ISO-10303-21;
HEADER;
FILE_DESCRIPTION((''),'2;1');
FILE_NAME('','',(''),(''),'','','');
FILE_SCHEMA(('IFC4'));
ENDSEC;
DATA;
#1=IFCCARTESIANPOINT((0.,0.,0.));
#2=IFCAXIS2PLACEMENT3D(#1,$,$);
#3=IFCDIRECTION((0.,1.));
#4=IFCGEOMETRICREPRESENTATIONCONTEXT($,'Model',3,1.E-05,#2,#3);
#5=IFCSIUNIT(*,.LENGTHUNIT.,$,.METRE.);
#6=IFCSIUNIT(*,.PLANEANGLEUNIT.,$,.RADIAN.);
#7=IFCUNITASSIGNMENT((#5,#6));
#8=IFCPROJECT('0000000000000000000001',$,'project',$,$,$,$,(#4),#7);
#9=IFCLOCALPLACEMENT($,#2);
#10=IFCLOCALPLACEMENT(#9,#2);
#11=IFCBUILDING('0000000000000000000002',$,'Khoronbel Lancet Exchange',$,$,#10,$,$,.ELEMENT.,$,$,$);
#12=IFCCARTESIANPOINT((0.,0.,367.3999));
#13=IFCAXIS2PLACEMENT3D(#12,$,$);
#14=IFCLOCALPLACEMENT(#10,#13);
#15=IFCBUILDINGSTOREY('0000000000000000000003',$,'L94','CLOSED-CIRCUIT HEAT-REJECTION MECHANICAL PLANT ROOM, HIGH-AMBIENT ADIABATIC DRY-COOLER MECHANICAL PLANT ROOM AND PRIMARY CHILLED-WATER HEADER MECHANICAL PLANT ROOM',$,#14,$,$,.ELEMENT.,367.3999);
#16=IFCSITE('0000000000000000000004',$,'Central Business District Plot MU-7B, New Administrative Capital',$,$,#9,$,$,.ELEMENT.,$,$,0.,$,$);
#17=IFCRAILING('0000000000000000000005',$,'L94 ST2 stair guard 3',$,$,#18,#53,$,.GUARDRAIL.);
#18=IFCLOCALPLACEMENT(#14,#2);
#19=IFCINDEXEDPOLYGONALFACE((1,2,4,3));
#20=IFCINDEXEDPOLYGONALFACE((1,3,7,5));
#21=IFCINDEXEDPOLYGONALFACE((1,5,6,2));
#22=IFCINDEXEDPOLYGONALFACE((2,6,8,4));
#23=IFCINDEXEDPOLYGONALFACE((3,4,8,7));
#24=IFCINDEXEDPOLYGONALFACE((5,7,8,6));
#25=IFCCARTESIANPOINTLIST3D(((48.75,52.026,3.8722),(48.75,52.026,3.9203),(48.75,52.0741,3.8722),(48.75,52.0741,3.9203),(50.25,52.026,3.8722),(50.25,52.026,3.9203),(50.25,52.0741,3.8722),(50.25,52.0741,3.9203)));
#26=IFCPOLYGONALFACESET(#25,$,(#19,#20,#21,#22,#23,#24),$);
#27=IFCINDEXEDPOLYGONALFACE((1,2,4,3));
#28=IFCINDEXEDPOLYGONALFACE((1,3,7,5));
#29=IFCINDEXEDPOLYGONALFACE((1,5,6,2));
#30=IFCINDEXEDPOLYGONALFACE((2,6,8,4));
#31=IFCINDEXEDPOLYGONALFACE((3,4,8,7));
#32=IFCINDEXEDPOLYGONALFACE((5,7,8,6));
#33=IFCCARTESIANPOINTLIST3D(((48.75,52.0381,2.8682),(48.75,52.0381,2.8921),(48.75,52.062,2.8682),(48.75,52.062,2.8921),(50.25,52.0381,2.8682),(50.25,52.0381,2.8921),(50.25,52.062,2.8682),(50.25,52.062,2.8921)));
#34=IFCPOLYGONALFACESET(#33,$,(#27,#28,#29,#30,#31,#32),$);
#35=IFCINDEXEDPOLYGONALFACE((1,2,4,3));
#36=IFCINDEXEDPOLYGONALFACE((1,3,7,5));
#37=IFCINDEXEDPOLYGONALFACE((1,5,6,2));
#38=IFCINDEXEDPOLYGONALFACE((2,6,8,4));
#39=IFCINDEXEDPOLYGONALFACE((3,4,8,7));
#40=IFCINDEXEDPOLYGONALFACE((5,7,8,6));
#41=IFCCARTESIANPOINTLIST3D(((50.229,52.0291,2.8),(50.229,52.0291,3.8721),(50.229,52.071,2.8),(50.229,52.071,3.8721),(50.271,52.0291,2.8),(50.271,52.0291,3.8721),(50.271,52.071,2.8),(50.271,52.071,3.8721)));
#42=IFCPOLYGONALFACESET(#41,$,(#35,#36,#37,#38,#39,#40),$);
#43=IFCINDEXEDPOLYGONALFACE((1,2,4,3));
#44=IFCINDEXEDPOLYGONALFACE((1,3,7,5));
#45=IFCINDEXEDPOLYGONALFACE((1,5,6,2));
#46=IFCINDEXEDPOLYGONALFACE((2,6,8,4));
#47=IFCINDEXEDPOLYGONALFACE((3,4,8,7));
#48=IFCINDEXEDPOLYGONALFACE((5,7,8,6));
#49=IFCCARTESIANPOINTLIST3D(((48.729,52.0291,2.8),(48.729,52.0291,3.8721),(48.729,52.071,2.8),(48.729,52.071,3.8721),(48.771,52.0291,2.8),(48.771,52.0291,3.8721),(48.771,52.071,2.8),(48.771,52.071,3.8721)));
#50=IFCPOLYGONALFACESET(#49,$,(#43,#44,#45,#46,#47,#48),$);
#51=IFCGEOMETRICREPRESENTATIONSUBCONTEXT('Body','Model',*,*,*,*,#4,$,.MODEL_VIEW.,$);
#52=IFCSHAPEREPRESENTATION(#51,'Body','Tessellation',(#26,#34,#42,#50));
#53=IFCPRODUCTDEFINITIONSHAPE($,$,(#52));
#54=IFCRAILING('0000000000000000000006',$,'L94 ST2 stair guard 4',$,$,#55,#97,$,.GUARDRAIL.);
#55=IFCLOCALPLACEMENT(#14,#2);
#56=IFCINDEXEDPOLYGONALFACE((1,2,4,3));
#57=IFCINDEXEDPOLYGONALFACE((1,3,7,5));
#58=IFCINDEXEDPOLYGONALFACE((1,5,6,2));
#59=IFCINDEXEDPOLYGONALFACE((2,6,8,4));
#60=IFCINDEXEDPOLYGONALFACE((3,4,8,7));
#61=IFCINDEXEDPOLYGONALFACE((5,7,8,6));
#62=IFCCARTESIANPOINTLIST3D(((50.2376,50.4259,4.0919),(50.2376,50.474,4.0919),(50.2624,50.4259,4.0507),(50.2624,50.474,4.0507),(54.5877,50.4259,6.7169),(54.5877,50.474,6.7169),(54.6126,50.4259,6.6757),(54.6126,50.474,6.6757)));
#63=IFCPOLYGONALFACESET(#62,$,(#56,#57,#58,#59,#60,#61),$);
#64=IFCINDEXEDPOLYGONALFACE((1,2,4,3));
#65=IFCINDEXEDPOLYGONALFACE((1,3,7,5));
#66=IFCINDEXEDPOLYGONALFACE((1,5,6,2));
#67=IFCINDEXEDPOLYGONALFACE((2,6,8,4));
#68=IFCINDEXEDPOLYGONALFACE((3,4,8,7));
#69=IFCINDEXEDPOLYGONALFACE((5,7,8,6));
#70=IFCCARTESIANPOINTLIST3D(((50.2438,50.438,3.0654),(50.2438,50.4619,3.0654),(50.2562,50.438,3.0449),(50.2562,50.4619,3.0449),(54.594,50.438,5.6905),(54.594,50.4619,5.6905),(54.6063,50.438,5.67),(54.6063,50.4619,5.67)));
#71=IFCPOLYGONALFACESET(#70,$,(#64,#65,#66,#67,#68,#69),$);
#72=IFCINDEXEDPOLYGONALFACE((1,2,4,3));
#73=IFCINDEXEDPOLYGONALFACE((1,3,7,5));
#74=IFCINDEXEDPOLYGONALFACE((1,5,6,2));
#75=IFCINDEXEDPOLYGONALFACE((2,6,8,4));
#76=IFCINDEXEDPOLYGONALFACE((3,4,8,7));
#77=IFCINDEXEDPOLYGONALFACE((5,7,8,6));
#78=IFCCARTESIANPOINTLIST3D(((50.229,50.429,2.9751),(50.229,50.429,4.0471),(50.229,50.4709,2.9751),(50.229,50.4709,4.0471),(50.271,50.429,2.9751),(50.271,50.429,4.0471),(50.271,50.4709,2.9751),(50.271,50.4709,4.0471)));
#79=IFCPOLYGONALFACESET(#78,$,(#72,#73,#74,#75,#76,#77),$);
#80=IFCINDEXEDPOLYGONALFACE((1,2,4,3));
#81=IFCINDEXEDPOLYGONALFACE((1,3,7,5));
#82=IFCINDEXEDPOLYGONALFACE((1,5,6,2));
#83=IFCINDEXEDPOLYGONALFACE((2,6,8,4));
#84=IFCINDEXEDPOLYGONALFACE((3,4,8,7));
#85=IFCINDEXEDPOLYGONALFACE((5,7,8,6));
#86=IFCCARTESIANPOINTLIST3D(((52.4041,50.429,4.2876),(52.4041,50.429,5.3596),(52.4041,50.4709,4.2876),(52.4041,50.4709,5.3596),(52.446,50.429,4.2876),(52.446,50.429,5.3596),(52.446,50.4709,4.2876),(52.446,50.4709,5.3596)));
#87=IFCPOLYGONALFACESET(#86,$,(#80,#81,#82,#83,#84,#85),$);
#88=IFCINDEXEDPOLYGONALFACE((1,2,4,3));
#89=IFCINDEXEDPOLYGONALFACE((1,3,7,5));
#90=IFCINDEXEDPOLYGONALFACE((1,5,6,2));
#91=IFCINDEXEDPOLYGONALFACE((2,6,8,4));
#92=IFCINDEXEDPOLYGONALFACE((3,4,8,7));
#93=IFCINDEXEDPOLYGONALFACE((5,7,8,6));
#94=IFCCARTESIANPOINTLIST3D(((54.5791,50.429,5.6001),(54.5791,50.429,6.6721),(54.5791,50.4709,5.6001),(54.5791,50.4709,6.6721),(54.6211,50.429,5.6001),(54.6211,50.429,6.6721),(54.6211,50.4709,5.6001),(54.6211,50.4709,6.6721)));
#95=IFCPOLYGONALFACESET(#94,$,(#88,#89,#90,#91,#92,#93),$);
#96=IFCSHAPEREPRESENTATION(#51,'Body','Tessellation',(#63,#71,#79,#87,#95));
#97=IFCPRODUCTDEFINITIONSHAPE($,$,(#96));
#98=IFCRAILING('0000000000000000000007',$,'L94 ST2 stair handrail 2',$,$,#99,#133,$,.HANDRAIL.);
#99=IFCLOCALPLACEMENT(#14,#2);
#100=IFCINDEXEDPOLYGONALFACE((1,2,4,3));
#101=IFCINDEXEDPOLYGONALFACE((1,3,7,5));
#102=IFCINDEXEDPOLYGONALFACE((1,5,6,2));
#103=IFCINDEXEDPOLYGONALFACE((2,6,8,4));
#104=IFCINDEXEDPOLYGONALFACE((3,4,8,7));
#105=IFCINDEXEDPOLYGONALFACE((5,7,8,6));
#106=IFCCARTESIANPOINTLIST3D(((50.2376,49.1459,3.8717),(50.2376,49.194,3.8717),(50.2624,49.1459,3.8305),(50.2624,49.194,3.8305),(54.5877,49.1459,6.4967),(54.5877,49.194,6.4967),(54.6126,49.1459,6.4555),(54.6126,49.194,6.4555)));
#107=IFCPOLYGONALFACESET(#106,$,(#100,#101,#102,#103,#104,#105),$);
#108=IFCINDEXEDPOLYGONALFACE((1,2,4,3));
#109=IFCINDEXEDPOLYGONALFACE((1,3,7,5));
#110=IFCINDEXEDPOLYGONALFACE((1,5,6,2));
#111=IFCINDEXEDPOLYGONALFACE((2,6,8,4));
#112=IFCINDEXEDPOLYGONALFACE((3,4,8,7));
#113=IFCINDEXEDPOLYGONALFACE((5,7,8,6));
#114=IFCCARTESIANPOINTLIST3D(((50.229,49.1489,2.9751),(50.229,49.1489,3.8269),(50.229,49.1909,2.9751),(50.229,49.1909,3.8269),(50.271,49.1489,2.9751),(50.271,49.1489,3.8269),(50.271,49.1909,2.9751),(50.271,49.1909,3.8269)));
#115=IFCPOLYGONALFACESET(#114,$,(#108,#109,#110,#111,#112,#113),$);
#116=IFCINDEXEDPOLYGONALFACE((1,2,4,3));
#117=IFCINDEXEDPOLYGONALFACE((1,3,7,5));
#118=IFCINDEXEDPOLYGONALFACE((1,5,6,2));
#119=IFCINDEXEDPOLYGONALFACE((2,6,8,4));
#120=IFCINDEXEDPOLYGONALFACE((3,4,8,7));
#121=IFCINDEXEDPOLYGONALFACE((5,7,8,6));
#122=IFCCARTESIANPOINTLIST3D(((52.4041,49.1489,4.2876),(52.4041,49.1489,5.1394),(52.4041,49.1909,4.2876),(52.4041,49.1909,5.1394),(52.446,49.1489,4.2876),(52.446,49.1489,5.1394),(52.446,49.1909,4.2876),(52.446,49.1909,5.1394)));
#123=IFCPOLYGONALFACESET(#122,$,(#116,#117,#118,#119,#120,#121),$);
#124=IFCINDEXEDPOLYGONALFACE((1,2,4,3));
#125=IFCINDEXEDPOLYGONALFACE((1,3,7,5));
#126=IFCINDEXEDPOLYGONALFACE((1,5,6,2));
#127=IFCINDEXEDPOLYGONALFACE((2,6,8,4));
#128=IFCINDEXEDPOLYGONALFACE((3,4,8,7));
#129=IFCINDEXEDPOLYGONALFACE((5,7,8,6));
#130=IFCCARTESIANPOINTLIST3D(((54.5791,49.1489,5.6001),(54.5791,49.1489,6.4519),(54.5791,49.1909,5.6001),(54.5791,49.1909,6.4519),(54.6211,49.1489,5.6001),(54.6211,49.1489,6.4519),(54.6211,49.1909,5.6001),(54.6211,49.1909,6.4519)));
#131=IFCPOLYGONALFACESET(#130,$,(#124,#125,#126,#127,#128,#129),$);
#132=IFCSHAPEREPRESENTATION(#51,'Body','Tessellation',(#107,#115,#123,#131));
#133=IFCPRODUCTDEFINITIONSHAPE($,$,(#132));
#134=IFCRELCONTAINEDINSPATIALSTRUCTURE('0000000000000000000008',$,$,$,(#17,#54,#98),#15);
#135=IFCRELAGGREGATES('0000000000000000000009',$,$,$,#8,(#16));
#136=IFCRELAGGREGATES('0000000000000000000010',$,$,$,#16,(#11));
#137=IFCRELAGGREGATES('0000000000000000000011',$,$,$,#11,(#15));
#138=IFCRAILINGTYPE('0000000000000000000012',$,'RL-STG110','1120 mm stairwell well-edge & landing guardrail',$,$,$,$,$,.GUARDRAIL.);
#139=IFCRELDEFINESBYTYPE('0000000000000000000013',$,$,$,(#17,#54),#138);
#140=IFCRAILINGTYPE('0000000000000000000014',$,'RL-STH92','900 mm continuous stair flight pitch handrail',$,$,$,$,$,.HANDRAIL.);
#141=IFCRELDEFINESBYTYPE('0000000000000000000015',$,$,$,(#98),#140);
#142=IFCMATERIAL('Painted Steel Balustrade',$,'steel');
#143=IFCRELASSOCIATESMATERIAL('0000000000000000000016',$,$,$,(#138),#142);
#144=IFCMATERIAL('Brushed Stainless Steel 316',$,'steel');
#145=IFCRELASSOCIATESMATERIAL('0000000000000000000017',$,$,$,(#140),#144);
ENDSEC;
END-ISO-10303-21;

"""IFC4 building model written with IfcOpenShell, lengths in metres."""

from ifc_helpers import new_model, si_unit, direction, frame, origin, origin_2d, place, context, subcontext, project, spatial, rectangle, extrude, material, type_object, element, save


model = new_model("IFC4")

# Units and contexts
model_context = context("Model", 3, precision=1e-05, world=origin(), true_north=direction((0.0, 1.0)))
body_context = subcontext(model_context, "Body", "Model", "MODEL_VIEW")
ifc_project = project(units=[si_unit("LENGTHUNIT", "METRE"), si_unit("PLANEANGLEUNIT", "RADIAN")], contexts=[model_context])

# Site, building, storey
site_placement = place(None, origin())
site = spatial("IfcSite", under=ifc_project, at=site_placement, Name="Central Business District Plot MU-7B, New Administrative Capital", CompositionType="ELEMENT", RefElevation=0.0)
building_placement = place(site_placement, origin())
building = spatial("IfcBuilding", under=site, at=building_placement, Name="Khoronbel Lancet Exchange", CompositionType="ELEMENT")
storey_placement = place(building_placement, frame((0.0, 0.0, 367.3999)))
storey = spatial("IfcBuildingStorey", under=building, at=storey_placement, Name="L94", Description="CLOSED-CIRCUIT HEAT-REJECTION MECHANICAL PLANT ROOM, HIGH-AMBIENT ADIABATIC DRY-COOLER MECHANICAL PLANT ROOM AND PRIMARY CHILLED-WATER HEADER MECHANICAL PLANT ROOM", CompositionType="ELEMENT", Elevation=367.3999)

# Railings
ifc_material_1 = material(Name="Painted Steel Balustrade", Category="steel")
railing_type_1 = type_object("IfcRailingType", Name="RL-STG110", Description="1120 mm stairwell well-edge & landing guardrail", PredefinedType="GUARDRAIL", material=ifc_material_1)
railing_1_placement = place(storey_placement, frame((50.25, 52.05, 2.8)))
element("IfcRailing", 1, at=railing_1_placement, inside=storey, type_object=railing_type_1, Name="L94 ST2 stair guard 3", PredefinedType="GUARDRAIL", context=body_context, shape_type="SweptSolid", body=[
    extrude(rectangle(XDim=0.0481, YDim=0.0481, at=origin_2d()), frame((0.0, 0.0, 1.0962), z_axis=(-1.0, 0.0, 0.0), x_axis=(0.0, -1.0, 0.0)), (0.0, 0.0, 1.0), 1.5),
    extrude(rectangle(XDim=0.0239, YDim=0.0239, at=origin_2d()), frame((0.0, 0.0, 0.0801), z_axis=(-1.0, 0.0, 0.0), x_axis=(0.0, -1.0, 0.0)), (0.0, 0.0, 1.0), 1.5),
    extrude(rectangle(XDim=0.042, YDim=0.042, at=origin_2d()), origin(), (0.0, 0.0, 1.0), 1.072),
    extrude(rectangle(XDim=0.042, YDim=0.042, at=origin_2d()), frame((-1.5, 0.0, 0.0)), (0.0, 0.0, 1.0), 1.072),
])
railing_2_placement = place(storey_placement, frame((50.25, 50.45, 2.9751)))
element("IfcRailing", 2, at=railing_2_placement, inside=storey, type_object=railing_type_1, Name="L94 ST2 stair guard 4", PredefinedType="GUARDRAIL", context=body_context, shape_type="SweptSolid", body=[
    extrude(rectangle(XDim=0.0481, YDim=0.0481, at=origin_2d()), frame((0.0, 0.0, 1.0962), z_axis=(0.856193, 0.0, 0.516656), x_axis=(0.0, 1.0, 0.0)), (0.0, 0.0, 1.0), 5.0808),
    extrude(rectangle(XDim=0.0239, YDim=0.0239, at=origin_2d()), frame((0.0, 0.0, 0.0801), z_axis=(0.856193, 0.0, 0.516656), x_axis=(0.0, 1.0, 0.0)), (0.0, 0.0, 1.0), 5.0808),
    extrude(rectangle(XDim=0.042, YDim=0.042, at=origin_2d()), origin(), (0.0, 0.0, 1.0), 1.072),
    extrude(rectangle(XDim=0.042, YDim=0.042, at=origin_2d()), frame((2.175, 0.0, 1.3125)), (0.0, 0.0, 1.0), 1.072),
    extrude(rectangle(XDim=0.042, YDim=0.042, at=origin_2d()), frame((4.3501, 0.0, 2.625)), (0.0, 0.0, 1.0), 1.072),
])
ifc_material_2 = material(Name="Brushed Stainless Steel 316", Category="steel")
railing_type_2 = type_object("IfcRailingType", Name="RL-STH92", Description="900 mm continuous stair flight pitch handrail", PredefinedType="HANDRAIL", material=ifc_material_2)
railing_3_placement = place(storey_placement, frame((50.25, 49.1699, 2.9751)))
element("IfcRailing", 3, at=railing_3_placement, inside=storey, type_object=railing_type_2, Name="L94 ST2 stair handrail 2", PredefinedType="HANDRAIL", context=body_context, shape_type="SweptSolid", body=[
    extrude(rectangle(XDim=0.0481, YDim=0.0481, at=origin_2d()), frame((0.0, 0.0, 0.876), z_axis=(0.856193, 0.0, 0.516656), x_axis=(0.0, 1.0, 0.0)), (0.0, 0.0, 1.0), 5.0808),
    extrude(rectangle(XDim=0.042, YDim=0.042, at=origin_2d()), origin(), (0.0, 0.0, 1.0), 0.8518),
    extrude(rectangle(XDim=0.042, YDim=0.042, at=origin_2d()), frame((2.175, 0.0, 1.3125)), (0.0, 0.0, 1.0), 0.8518),
    extrude(rectangle(XDim=0.042, YDim=0.042, at=origin_2d()), frame((4.3501, 0.0, 2.625)), (0.0, 0.0, 1.0), 0.8518),
])

save(model, "model.ifc")
